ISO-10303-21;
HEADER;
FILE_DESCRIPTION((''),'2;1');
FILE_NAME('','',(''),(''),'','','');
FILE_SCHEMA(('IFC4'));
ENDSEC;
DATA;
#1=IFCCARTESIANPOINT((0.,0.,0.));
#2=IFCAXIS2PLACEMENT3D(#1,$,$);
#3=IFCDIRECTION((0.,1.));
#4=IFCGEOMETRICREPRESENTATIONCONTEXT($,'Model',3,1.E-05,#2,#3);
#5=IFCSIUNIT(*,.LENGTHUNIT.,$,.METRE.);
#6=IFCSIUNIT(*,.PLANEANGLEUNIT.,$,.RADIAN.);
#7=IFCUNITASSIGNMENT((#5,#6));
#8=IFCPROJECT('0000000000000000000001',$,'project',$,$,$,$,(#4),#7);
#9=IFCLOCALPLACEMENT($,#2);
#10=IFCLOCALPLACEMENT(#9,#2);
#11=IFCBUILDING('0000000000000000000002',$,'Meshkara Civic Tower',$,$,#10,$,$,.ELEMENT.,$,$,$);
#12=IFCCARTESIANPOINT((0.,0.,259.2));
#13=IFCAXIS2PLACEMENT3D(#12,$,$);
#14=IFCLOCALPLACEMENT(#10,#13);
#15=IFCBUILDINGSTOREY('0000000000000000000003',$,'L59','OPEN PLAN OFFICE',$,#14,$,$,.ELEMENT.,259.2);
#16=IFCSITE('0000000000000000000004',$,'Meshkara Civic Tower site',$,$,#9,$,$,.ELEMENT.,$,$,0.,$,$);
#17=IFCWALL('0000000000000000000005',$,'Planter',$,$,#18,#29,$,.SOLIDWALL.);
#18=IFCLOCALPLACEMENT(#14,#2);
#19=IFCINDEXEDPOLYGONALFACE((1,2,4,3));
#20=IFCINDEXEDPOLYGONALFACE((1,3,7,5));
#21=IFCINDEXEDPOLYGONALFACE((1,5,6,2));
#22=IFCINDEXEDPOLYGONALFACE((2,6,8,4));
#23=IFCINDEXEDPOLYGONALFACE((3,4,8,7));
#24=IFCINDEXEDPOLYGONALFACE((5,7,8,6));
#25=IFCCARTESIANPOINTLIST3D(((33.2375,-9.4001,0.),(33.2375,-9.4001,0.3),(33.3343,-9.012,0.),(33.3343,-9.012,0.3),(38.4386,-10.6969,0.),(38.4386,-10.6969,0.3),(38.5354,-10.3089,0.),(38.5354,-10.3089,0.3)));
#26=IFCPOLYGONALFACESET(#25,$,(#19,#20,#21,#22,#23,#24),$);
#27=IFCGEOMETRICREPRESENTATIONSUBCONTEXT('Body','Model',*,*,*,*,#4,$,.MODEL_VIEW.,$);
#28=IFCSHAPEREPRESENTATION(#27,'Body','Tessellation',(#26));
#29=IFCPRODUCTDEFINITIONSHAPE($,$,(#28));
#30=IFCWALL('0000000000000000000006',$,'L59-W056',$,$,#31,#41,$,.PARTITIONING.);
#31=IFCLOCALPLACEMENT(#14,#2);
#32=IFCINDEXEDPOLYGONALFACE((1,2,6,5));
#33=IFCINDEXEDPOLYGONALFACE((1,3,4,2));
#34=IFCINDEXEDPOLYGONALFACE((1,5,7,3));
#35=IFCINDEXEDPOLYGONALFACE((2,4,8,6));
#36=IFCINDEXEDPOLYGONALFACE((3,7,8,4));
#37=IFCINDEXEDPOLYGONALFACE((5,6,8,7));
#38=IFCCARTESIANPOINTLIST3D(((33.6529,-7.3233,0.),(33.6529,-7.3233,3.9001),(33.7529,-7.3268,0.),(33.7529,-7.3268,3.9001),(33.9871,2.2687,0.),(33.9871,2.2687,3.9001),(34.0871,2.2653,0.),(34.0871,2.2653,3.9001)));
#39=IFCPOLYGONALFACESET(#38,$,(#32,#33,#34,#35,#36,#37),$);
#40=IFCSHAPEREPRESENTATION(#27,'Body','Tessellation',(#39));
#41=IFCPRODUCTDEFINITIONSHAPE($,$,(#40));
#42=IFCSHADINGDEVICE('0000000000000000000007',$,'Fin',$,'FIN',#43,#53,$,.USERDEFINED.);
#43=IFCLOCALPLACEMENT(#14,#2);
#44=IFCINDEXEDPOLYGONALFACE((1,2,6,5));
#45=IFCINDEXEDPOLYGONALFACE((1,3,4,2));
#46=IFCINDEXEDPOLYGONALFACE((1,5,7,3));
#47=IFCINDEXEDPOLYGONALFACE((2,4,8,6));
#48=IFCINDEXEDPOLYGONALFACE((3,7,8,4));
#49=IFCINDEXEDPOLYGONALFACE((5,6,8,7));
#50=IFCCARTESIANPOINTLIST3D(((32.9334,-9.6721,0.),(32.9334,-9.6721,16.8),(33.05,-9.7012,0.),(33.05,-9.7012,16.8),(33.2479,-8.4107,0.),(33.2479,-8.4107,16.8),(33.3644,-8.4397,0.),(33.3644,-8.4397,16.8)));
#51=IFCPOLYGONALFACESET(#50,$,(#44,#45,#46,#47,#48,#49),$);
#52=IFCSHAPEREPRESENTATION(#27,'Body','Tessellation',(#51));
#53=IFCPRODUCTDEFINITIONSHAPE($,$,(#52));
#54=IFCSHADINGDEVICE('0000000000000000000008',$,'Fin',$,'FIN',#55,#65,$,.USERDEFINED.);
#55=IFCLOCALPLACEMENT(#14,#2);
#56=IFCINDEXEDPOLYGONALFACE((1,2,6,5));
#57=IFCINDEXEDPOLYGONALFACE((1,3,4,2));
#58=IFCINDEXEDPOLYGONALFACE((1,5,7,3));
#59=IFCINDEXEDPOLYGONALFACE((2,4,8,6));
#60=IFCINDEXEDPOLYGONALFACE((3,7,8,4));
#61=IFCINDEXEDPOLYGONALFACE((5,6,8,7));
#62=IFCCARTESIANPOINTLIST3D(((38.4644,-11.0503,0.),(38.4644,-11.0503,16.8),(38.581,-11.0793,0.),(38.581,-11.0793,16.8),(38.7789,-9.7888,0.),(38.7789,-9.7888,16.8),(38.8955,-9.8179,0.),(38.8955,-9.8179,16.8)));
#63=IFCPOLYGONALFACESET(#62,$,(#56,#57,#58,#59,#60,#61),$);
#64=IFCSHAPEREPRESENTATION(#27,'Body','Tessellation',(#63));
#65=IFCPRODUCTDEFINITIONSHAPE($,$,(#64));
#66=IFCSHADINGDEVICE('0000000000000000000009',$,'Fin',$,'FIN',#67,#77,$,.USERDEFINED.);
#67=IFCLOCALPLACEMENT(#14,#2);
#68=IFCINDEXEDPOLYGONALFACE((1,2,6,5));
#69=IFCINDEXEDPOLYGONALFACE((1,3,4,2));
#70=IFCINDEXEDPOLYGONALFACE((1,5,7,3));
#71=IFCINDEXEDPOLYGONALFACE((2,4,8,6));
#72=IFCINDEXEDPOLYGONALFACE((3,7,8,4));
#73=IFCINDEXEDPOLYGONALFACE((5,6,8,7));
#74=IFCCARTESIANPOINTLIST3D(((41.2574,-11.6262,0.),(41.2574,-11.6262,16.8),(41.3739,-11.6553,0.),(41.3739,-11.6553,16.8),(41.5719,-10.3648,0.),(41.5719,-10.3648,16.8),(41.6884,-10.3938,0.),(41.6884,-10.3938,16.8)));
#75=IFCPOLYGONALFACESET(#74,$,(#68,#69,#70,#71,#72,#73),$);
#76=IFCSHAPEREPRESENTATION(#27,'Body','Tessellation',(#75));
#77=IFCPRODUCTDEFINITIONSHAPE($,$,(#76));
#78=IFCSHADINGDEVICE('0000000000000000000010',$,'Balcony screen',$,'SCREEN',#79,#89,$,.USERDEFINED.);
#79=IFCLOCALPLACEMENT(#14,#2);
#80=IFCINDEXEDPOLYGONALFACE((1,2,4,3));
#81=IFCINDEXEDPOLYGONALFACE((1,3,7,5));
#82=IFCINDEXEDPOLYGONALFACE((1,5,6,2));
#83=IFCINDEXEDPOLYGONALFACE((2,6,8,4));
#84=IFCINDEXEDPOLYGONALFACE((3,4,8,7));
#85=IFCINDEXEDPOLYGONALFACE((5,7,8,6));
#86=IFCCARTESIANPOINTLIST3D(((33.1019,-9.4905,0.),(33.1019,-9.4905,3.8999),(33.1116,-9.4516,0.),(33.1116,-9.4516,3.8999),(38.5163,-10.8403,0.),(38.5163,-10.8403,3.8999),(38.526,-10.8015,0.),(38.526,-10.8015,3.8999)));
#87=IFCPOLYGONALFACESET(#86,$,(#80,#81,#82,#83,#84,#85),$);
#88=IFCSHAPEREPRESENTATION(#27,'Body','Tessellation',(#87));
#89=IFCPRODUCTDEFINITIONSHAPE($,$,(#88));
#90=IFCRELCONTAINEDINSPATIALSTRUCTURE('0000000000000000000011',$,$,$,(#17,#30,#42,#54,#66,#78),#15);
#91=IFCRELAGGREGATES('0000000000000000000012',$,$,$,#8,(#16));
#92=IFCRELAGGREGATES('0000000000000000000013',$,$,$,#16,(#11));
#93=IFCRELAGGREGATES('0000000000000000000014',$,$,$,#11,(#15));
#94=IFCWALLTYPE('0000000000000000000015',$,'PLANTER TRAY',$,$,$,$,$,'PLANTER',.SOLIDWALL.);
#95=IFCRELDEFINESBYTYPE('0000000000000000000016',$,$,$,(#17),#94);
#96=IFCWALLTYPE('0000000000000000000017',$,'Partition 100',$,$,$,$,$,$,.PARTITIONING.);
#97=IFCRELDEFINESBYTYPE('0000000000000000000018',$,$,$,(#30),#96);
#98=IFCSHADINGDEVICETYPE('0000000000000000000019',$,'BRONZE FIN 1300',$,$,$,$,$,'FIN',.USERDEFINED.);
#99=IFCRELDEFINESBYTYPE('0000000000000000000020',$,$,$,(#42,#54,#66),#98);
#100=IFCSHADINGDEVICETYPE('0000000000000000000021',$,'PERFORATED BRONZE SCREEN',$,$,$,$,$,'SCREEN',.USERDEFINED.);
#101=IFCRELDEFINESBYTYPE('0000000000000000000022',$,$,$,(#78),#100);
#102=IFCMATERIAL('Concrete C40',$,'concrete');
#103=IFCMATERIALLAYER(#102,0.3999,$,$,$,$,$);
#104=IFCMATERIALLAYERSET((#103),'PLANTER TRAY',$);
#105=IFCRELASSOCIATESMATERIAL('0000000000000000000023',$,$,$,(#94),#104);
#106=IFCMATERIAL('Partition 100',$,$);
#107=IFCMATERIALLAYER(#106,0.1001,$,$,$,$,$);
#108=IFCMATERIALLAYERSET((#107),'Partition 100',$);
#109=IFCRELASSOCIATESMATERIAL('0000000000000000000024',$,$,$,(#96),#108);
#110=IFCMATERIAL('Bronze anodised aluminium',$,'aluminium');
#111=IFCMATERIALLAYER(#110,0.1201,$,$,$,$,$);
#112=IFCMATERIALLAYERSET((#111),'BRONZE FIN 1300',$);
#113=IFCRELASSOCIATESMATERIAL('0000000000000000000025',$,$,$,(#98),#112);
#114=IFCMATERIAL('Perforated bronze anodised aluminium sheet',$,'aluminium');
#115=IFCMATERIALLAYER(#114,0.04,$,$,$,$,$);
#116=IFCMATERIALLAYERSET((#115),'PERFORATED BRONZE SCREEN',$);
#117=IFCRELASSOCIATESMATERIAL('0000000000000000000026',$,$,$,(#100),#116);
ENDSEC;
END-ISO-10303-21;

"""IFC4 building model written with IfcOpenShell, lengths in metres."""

from ifc_helpers import new_model, si_unit, direction, frame, frame_2d, origin, origin_2d, place, context, subcontext, project, spatial, rectangle, extrude, material, layer, layer_set, type_object, element, save


model = new_model("IFC4")

# Units and contexts
model_context = context("Model", 3, precision=1e-05, world=origin(), true_north=direction((0.0, 1.0)))
body_context = subcontext(model_context, "Body", "Model", "MODEL_VIEW")
ifc_project = project(units=[si_unit("LENGTHUNIT", "METRE"), si_unit("PLANEANGLEUNIT", "RADIAN")], contexts=[model_context])

# Site, building, storey
site_placement = place(None, origin())
site = spatial("IfcSite", under=ifc_project, at=site_placement, Name="Meshkara Civic Tower site", CompositionType="ELEMENT", RefElevation=0.0)
building_placement = place(site_placement, origin())
building = spatial("IfcBuilding", under=site, at=building_placement, Name="Meshkara Civic Tower", CompositionType="ELEMENT")
storey_placement = place(building_placement, frame((0.0, 0.0, 259.2)))
storey = spatial("IfcBuildingStorey", under=building, at=storey_placement, Name="L59", Description="OPEN PLAN OFFICE", CompositionType="ELEMENT", Elevation=259.2)

# Walls
ifc_material_1 = material(Name="Concrete C40", Category="concrete")
ifc_layer_1 = layer(ifc_material_1, 0.3999)
ifc_layer_set_1 = layer_set([ifc_layer_1], Name="PLANTER TRAY")
wall_type_1 = type_object("IfcWallType", Name="PLANTER TRAY", ElementType="PLANTER", PredefinedType="SOLIDWALL", material=ifc_layer_set_1)
wall_1_placement = place(storey_placement, frame((33.2859, -9.2061, 0.0), z_axis=(0.0, 0.0, 1.0), x_axis=(0.970292, -0.241935, 0.0)))
element("IfcWall", 1, at=wall_1_placement, inside=storey, type_object=wall_type_1, Name="Planter", PredefinedType="SOLIDWALL", context=body_context, shape_type="SweptSolid", body=[
    extrude(rectangle(XDim=5.3604, YDim=0.3999, at=frame_2d((2.6802, 0.0))), origin(), (0.0, 0.0, 1.0), 0.3),
])
ifc_material_2 = material(Name="Partition 100")
ifc_layer_2 = layer(ifc_material_2, 0.1001)
ifc_layer_set_2 = layer_set([ifc_layer_2], Name="Partition 100")
wall_type_2 = type_object("IfcWallType", Name="Partition 100", PredefinedType="PARTITIONING", material=ifc_layer_set_2)
wall_2_placement = place(storey_placement, frame((33.7029, -7.325, 0.0), z_axis=(0.0, 0.0, 1.0), x_axis=(0.034823, 0.999393, 0.0)))
element("IfcWall", 2, at=wall_2_placement, inside=storey, type_object=wall_type_2, Name="L59-W056", PredefinedType="PARTITIONING", context=body_context, shape_type="SweptSolid", body=[
    extrude(rectangle(XDim=9.5979, YDim=0.1001, at=frame_2d((4.7988, 0.0))), origin(), (0.0, 0.0, 1.0), 3.9001),
])

# Shading devices
ifc_material_3 = material(Name="Bronze anodised aluminium", Category="aluminium")
ifc_layer_3 = layer(ifc_material_3, 0.1201)
ifc_layer_set_3 = layer_set([ifc_layer_3], Name="BRONZE FIN 1300")
shading_device_type_1 = type_object("IfcShadingDeviceType", Name="BRONZE FIN 1300", ElementType="FIN", PredefinedType="USERDEFINED", material=ifc_layer_set_3)
for number, where, z_axis, x_axis, name in (
    (3, (33.1489, -9.0559, 0.0), (0.0, 0.0, 1.0), (0.9703, -0.241905, 0.0), "Fin"),
    (4, (38.6799, -10.4341, 0.0), (0.0, 0.0, 1.0), (0.9703, -0.241905, 0.0), "Fin"),
    (5, (41.4729, -11.01, 0.0), (0.0, 0.0, 1.0), (0.9703, -0.241905, 0.0), "Fin"),
):
    element("IfcShadingDevice", number, at=place(storey_placement, frame(where, z_axis=z_axis, x_axis=x_axis)), inside=storey, type_object=shading_device_type_1, Name=name, ObjectType="FIN", PredefinedType="USERDEFINED", context=body_context, shape_type="SweptSolid", body=[
        extrude(rectangle(XDim=0.1201, YDim=1.3, at=origin_2d()), origin(), (0.0, 0.0, 1.0), 16.8),
    ])
ifc_material_4 = material(Name="Perforated bronze anodised aluminium sheet", Category="aluminium")
ifc_layer_4 = layer(ifc_material_4, 0.04)
ifc_layer_set_4 = layer_set([ifc_layer_4], Name="PERFORATED BRONZE SCREEN")
shading_device_type_2 = type_object("IfcShadingDeviceType", Name="PERFORATED BRONZE SCREEN", ElementType="SCREEN", PredefinedType="USERDEFINED", material=ifc_layer_set_4)
shading_device_placement = place(storey_placement, frame((35.814, -10.146, 0.0), z_axis=(0.0, 0.0, 1.0), x_axis=(0.9703, -0.241905, 0.0)))
element("IfcShadingDevice", 6, at=shading_device_placement, inside=storey, type_object=shading_device_type_2, Name="Balcony screen", ObjectType="SCREEN", PredefinedType="USERDEFINED", context=body_context, shape_type="SweptSolid", body=[
    extrude(rectangle(XDim=5.5801, YDim=0.04, at=origin_2d()), origin(), (0.0, 0.0, 1.0), 3.8999),
])

save(model, "model.ifc")
